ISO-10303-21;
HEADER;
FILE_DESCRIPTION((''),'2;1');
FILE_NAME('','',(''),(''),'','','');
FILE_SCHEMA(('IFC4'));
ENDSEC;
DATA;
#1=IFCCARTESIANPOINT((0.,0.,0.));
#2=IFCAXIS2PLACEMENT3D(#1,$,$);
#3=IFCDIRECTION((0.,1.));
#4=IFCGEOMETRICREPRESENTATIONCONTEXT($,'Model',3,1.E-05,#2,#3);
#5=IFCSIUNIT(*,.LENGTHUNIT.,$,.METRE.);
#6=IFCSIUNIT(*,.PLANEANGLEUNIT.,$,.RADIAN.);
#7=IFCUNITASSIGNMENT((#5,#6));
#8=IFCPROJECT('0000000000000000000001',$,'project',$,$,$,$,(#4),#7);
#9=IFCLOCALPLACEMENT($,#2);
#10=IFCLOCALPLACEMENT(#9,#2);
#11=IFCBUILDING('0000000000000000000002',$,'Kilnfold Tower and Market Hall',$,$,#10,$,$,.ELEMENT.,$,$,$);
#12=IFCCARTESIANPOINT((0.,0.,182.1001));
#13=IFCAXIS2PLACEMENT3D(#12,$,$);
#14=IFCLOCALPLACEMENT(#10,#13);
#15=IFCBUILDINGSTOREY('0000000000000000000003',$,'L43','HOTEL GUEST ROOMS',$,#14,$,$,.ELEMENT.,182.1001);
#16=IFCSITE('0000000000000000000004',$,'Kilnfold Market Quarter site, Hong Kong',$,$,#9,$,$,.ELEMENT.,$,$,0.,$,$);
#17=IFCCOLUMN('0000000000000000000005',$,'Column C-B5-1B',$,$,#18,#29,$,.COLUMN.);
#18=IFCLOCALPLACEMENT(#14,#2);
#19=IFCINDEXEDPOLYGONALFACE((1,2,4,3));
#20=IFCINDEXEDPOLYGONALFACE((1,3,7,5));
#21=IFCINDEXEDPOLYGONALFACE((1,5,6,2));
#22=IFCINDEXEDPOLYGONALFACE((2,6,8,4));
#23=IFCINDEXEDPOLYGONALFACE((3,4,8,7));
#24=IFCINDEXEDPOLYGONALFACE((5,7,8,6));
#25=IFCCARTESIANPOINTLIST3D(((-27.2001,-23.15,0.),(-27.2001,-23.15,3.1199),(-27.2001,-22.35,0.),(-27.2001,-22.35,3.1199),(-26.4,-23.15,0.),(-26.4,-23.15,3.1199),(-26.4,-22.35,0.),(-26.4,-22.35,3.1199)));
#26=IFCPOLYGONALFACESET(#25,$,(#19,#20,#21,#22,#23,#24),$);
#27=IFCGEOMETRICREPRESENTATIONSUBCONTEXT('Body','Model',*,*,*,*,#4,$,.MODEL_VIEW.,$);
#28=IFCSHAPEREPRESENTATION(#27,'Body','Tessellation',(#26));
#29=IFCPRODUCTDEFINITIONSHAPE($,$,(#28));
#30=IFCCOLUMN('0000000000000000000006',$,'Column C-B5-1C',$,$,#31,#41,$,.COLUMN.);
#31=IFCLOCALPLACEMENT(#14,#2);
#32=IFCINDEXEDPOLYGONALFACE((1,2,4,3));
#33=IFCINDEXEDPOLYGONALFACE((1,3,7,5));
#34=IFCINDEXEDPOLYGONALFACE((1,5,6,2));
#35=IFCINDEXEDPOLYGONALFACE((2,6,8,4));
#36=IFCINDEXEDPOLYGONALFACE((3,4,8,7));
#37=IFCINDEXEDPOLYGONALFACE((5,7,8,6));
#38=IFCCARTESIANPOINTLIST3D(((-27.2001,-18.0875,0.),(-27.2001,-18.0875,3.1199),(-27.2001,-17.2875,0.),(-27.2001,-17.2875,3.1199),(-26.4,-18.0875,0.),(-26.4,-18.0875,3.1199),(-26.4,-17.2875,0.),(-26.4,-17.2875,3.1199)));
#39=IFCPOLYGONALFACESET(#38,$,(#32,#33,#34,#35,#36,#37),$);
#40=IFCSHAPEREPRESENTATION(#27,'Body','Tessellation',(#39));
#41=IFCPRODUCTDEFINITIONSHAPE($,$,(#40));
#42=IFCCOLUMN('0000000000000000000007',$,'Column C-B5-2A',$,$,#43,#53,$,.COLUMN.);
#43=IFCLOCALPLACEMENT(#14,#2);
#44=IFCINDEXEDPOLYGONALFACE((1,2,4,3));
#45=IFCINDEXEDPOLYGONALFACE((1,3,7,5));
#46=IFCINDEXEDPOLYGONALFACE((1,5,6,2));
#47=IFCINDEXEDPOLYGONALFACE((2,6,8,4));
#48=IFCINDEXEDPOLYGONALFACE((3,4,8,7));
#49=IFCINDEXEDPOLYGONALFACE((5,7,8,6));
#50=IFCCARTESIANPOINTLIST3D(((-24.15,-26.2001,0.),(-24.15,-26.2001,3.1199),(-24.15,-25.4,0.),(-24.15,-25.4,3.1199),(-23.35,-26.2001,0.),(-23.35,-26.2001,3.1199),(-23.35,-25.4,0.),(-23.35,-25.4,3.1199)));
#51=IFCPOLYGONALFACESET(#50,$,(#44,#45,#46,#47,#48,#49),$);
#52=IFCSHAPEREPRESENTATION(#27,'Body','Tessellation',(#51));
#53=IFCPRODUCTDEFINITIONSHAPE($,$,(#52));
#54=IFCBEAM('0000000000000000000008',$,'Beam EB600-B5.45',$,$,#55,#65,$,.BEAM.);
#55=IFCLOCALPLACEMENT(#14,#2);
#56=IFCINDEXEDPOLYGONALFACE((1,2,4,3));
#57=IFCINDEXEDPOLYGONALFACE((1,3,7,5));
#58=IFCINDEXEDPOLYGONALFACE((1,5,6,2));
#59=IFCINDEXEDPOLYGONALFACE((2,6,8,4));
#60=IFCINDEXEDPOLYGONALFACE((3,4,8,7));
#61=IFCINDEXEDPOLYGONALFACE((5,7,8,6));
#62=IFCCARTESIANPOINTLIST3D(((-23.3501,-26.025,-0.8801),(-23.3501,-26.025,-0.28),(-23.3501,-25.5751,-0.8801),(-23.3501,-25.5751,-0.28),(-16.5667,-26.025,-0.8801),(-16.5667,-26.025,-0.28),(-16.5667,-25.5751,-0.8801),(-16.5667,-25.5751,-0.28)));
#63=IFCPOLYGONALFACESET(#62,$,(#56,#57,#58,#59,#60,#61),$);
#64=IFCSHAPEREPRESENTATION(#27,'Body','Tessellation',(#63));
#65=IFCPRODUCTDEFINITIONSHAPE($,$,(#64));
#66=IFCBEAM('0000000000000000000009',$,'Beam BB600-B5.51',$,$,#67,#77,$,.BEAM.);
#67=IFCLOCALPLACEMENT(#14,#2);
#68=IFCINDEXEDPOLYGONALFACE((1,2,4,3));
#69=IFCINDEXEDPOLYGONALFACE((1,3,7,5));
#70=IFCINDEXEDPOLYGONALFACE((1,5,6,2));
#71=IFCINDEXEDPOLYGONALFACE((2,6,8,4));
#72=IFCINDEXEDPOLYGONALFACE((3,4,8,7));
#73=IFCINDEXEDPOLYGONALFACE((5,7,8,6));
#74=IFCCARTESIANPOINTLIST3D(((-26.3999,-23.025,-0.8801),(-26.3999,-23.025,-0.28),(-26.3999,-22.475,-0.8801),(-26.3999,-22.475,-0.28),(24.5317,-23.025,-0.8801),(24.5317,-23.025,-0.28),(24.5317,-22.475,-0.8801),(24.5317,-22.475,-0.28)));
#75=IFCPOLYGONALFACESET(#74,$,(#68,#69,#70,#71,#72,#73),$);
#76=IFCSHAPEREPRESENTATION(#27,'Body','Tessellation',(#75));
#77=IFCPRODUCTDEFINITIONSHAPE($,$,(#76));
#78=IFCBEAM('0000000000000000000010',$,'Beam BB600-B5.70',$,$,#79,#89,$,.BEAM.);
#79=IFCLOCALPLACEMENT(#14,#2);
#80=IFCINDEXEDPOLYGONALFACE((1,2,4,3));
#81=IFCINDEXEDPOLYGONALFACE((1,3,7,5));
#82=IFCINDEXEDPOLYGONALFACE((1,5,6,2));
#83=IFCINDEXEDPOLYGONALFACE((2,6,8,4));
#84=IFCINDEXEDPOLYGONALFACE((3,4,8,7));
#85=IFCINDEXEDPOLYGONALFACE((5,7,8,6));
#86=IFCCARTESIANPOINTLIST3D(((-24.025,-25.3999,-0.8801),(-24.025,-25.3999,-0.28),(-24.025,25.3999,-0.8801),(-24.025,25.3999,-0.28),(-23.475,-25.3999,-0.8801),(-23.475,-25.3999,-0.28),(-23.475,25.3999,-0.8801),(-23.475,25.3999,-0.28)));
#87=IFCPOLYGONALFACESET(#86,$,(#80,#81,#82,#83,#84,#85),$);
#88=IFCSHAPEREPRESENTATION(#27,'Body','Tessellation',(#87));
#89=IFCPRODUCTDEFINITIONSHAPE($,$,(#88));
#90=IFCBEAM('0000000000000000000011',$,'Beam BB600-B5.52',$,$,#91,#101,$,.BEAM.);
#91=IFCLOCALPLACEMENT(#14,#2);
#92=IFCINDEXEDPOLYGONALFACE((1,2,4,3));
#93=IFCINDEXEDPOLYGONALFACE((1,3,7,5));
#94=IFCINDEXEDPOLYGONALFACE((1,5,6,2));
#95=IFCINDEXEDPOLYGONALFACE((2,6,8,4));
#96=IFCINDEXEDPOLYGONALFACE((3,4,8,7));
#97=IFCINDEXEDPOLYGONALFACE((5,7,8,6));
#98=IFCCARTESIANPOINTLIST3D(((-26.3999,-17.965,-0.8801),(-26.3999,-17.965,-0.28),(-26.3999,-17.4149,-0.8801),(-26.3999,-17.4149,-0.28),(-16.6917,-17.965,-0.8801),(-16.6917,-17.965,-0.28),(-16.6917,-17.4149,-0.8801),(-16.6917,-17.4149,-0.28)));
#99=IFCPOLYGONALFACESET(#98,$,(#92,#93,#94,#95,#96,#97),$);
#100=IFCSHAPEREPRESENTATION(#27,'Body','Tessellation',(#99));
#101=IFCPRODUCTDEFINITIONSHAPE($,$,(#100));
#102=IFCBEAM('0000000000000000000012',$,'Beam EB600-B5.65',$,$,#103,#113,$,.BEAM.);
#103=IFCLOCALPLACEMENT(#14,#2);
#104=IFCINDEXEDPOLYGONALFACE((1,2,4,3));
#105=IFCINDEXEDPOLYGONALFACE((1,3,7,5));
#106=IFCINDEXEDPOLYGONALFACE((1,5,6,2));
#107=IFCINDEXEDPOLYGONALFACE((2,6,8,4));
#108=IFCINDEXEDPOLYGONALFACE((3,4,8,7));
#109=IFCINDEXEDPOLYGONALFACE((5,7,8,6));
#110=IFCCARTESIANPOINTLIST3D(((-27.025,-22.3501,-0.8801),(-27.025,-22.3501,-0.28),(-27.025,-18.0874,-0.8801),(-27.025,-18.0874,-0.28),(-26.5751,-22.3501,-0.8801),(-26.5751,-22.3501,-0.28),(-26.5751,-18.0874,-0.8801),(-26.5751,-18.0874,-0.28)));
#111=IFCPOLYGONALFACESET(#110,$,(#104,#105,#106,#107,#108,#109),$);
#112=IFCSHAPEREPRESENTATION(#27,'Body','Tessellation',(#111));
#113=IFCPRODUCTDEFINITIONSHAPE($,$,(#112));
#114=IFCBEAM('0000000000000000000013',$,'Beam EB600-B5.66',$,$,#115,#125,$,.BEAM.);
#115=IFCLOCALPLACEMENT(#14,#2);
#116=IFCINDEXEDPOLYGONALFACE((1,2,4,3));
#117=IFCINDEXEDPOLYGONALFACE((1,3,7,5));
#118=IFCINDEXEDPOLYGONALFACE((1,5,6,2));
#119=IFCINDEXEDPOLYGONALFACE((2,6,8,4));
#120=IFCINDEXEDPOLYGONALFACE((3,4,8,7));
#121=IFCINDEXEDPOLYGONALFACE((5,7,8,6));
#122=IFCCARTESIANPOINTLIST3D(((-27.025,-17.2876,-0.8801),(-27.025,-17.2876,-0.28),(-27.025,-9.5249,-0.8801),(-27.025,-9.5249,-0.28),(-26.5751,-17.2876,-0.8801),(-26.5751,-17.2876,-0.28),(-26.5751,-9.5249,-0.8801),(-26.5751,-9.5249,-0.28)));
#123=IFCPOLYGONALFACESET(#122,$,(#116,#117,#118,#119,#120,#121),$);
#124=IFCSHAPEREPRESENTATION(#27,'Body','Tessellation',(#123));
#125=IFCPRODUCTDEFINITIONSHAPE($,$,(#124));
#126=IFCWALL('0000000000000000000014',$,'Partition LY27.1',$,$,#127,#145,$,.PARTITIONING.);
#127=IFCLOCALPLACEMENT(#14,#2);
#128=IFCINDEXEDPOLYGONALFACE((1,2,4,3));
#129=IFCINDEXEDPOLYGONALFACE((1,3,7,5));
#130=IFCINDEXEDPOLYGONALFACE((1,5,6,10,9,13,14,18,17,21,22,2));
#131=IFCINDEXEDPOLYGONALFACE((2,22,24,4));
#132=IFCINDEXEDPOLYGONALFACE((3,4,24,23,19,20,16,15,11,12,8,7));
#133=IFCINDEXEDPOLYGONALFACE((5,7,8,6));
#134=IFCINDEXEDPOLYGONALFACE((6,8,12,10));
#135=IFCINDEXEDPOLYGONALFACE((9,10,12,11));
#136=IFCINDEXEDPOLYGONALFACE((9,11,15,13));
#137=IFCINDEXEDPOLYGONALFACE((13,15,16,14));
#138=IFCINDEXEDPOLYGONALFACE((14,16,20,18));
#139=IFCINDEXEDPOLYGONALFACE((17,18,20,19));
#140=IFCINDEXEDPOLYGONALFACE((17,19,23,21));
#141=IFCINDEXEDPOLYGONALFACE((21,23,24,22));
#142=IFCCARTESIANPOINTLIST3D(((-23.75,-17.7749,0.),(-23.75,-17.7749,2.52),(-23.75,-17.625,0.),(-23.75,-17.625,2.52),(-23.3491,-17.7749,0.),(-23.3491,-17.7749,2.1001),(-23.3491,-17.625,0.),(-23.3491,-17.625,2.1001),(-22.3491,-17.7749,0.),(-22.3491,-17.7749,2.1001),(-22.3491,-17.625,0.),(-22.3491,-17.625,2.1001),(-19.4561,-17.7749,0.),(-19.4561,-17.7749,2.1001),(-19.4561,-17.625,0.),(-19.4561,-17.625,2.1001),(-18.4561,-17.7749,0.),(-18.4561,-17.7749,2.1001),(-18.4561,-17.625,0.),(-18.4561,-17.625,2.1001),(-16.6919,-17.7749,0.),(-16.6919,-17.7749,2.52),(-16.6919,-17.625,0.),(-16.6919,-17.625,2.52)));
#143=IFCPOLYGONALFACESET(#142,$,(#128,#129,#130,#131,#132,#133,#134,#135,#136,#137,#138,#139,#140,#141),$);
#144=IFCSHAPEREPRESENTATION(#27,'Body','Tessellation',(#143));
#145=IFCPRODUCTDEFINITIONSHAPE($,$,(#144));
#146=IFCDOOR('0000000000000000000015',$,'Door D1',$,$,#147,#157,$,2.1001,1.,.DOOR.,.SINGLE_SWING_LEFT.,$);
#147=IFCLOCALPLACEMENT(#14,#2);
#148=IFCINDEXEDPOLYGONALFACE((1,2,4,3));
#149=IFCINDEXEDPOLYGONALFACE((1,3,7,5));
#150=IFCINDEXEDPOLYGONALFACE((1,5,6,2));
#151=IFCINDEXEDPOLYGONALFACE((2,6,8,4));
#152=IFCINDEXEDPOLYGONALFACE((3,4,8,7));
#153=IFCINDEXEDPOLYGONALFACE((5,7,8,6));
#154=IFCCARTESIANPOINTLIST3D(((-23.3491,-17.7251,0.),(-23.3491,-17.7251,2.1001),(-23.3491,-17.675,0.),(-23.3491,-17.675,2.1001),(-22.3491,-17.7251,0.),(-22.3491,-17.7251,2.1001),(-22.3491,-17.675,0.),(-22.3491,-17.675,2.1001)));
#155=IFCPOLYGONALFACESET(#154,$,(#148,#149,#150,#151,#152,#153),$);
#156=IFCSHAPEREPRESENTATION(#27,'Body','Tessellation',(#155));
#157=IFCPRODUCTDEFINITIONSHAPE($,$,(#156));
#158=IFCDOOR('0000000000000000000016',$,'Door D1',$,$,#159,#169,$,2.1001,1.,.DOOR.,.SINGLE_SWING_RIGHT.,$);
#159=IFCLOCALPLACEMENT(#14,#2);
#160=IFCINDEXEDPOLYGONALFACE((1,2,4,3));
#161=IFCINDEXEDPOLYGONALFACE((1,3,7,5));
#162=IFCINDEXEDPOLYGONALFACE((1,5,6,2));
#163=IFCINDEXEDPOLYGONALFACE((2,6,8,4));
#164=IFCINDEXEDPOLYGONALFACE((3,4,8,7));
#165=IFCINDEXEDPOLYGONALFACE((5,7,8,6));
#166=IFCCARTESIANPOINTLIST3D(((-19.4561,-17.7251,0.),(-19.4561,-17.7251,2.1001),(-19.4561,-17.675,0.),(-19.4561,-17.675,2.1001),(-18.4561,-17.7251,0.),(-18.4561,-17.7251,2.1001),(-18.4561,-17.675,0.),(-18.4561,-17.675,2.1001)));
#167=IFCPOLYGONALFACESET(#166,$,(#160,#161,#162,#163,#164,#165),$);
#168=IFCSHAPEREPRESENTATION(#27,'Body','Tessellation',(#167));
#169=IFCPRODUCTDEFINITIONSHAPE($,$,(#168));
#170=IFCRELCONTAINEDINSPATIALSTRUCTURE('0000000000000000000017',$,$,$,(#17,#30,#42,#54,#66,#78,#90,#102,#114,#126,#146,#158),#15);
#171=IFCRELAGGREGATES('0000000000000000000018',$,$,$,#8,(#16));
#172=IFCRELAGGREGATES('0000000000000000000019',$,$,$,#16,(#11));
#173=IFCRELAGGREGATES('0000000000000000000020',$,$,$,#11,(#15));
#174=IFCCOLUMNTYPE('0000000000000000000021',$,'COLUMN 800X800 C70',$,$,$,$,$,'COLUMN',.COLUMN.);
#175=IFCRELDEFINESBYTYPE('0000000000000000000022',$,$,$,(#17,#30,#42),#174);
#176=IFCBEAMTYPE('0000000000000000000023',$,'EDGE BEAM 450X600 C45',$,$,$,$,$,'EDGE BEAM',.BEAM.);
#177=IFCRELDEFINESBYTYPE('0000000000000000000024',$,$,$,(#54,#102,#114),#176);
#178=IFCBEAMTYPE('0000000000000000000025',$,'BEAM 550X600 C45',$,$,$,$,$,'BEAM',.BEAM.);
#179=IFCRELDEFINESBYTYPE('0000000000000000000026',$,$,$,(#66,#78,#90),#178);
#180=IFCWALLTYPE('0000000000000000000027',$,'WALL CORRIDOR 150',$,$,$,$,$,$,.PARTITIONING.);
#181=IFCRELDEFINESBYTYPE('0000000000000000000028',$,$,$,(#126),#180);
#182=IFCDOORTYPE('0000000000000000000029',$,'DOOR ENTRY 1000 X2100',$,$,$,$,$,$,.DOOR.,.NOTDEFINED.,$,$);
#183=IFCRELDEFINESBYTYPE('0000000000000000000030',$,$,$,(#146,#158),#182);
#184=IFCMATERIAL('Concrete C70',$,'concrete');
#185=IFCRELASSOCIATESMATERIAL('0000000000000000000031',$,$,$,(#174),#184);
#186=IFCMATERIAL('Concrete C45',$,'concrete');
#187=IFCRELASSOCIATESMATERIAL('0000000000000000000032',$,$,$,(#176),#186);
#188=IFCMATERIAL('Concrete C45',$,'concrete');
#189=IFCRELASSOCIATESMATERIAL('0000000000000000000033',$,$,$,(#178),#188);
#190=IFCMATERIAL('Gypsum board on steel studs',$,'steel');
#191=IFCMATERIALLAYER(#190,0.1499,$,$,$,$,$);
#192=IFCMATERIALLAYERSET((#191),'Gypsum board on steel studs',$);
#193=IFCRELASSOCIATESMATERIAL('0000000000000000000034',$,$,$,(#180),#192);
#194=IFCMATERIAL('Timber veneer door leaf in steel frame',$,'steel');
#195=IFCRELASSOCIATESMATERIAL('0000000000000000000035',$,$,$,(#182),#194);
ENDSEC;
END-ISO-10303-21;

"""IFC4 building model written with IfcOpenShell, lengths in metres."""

from ifc_helpers import new_model, si_unit, direction, frame, frame_2d, origin, origin_2d, place, context, subcontext, project, spatial, rectangle, extrude, source, transform, mapped, material, layer, layer_set, material_profile, profile_set, type_object, element, fill, save


model = new_model("IFC4")

# Units and contexts
model_context = context("Model", 3, precision=1e-05, world=origin(), true_north=direction((0.0, 1.0)))
body_context = subcontext(model_context, "Body", "Model", "MODEL_VIEW")
ifc_project = project(units=[si_unit("LENGTHUNIT", "METRE"), si_unit("PLANEANGLEUNIT", "RADIAN")], contexts=[model_context])

# Site, building, storey
site_placement = place(None, origin())
site = spatial("IfcSite", under=ifc_project, at=site_placement, Name="Kilnfold Market Quarter site, Hong Kong", CompositionType="ELEMENT", RefElevation=0.0)
building_placement = place(site_placement, origin())
building = spatial("IfcBuilding", under=site, at=building_placement, Name="Kilnfold Tower and Market Hall", CompositionType="ELEMENT")
storey_placement = place(building_placement, frame((0.0, 0.0, 182.1001)))
storey = spatial("IfcBuildingStorey", under=building, at=storey_placement, Name="L43", Description="HOTEL GUEST ROOMS", CompositionType="ELEMENT", Elevation=182.1001)

# Columns
ifc_material_1 = material(Name="Concrete C70", Category="concrete")
ifc_material_profile_1 = material_profile(ifc_material_1, rectangle(XDim=0.8, YDim=0.8, at=origin_2d()), Name="RC 800x800")
ifc_profile_set_1 = profile_set([ifc_material_profile_1], Name="Concrete C70")
column_type = type_object("IfcColumnType", Name="COLUMN 800X800 C70", ElementType="COLUMN", PredefinedType="COLUMN", material=ifc_profile_set_1)
shared_shape_1 = source(origin(), body_context, "Body", "SweptSolid", [
    extrude(rectangle(XDim=0.8, YDim=0.8, at=origin_2d()), origin(), (0.0, 0.0, 1.0), 3.1199),
])
for number, where, z_axis, x_axis, name in (
    (1, (-26.8, -22.75, 0.0), (0.0, 0.0, 1.0), (1.0, 0.0, 0.0), "Column C-B5-1B"),
    (2, (-26.8, -17.6875, 0.0), (0.0, 0.0, 1.0), (1.0, 0.0, 0.0), "Column C-B5-1C"),
    (3, (-23.75, -25.8, 0.0), (0.0, 0.0, 1.0), (1.0, 0.0, 0.0), "Column C-B5-2A"),
):
    element("IfcColumn", number, at=place(storey_placement, frame(where, z_axis=z_axis, x_axis=x_axis)), inside=storey, type_object=column_type, Name=name, PredefinedType="COLUMN", context=body_context, shape_type="MappedRepresentation", body=[
        mapped(shared_shape_1, transform((0.0, 0.0, 0.0))),
    ])

# Beams
ifc_material_2 = material(Name="Concrete C45", Category="concrete")
ifc_material_profile_2 = material_profile(ifc_material_2, rectangle(XDim=0.45, YDim=0.6001, at=origin_2d()), Name="RC 450x600")
ifc_profile_set_2 = profile_set([ifc_material_profile_2], Name="Concrete C45")
beam_type_1 = type_object("IfcBeamType", Name="EDGE BEAM 450X600 C45", ElementType="EDGE BEAM", PredefinedType="BEAM", material=ifc_profile_set_2)
shared_shape_2 = source(origin(), body_context, "Body", "SweptSolid", [
    extrude(rectangle(XDim=0.45, YDim=0.6001, at=origin_2d()), origin(), (0.0, 0.0, 1.0), 6.7834),
])
beam_1_placement = place(storey_placement, frame((-23.3501, -25.8, -0.5801), z_axis=(1.0, 0.0, 0.0), x_axis=(0.0, 1.0, 0.0)))
element("IfcBeam", 4, at=beam_1_placement, inside=storey, type_object=beam_type_1, Name="Beam EB600-B5.45", PredefinedType="BEAM", context=body_context, shape_type="MappedRepresentation", body=[
    mapped(shared_shape_2, transform((0.0, 0.0, 0.0))),
])
ifc_material_3 = material(Name="Concrete C45", Category="concrete")
ifc_material_profile_3 = material_profile(ifc_material_3, rectangle(XDim=0.55, YDim=0.6001, at=origin_2d()), Name="RC 550x600")
ifc_profile_set_3 = profile_set([ifc_material_profile_3], Name="Concrete C45")
beam_type_2 = type_object("IfcBeamType", Name="BEAM 550X600 C45", ElementType="BEAM", PredefinedType="BEAM", material=ifc_profile_set_3)
shared_shape_3 = source(origin(), body_context, "Body", "SweptSolid", [
    extrude(rectangle(XDim=0.55, YDim=0.6001, at=origin_2d()), origin(), (0.0, 0.0, 1.0), 50.9316),
])
beam_2_placement = place(storey_placement, frame((-26.3999, -22.75, -0.5801), z_axis=(1.0, 0.0, 0.0), x_axis=(0.0, 1.0, 0.0)))
element("IfcBeam", 5, at=beam_2_placement, inside=storey, type_object=beam_type_2, Name="Beam BB600-B5.51", PredefinedType="BEAM", context=body_context, shape_type="MappedRepresentation", body=[
    mapped(shared_shape_3, transform((0.0, 0.0, 0.0))),
])
shared_shape_4 = source(origin(), body_context, "Body", "SweptSolid", [
    extrude(rectangle(XDim=0.55, YDim=0.6001, at=origin_2d()), origin(), (0.0, 0.0, 1.0), 50.7998),
])
beam_3_placement = place(storey_placement, frame((-23.75, -25.3999, -0.5801), z_axis=(0.0, 1.0, 0.0), x_axis=(-1.0, 0.0, 0.0)))
element("IfcBeam", 6, at=beam_3_placement, inside=storey, type_object=beam_type_2, Name="Beam BB600-B5.70", PredefinedType="BEAM", context=body_context, shape_type="MappedRepresentation", body=[
    mapped(shared_shape_4, transform((0.0, 0.0, 0.0))),
])
shared_shape_5 = source(origin(), body_context, "Body", "SweptSolid", [
    extrude(rectangle(XDim=0.55, YDim=0.6001, at=origin_2d()), origin(), (0.0, 0.0, 1.0), 9.7083),
])
beam_4_placement = place(storey_placement, frame((-26.3999, -17.6899, -0.5801), z_axis=(1.0, 0.0, 0.0), x_axis=(0.0, 1.0, 0.0)))
element("IfcBeam", 7, at=beam_4_placement, inside=storey, type_object=beam_type_2, Name="Beam BB600-B5.52", PredefinedType="BEAM", context=body_context, shape_type="MappedRepresentation", body=[
    mapped(shared_shape_5, transform((0.0, 0.0, 0.0))),
])
shared_shape_6 = source(origin(), body_context, "Body", "SweptSolid", [
    extrude(rectangle(XDim=0.45, YDim=0.6001, at=origin_2d()), origin(), (0.0, 0.0, 1.0), 4.2627),
])
beam_5_placement = place(storey_placement, frame((-26.8, -22.3501, -0.5801), z_axis=(0.0, 1.0, 0.0), x_axis=(-1.0, 0.0, 0.0)))
element("IfcBeam", 8, at=beam_5_placement, inside=storey, type_object=beam_type_1, Name="Beam EB600-B5.65", PredefinedType="BEAM", context=body_context, shape_type="MappedRepresentation", body=[
    mapped(shared_shape_6, transform((0.0, 0.0, 0.0))),
])
shared_shape_7 = source(origin(), body_context, "Body", "SweptSolid", [
    extrude(rectangle(XDim=0.45, YDim=0.6001, at=origin_2d()), origin(), (0.0, 0.0, 1.0), 7.7627),
])
beam_6_placement = place(storey_placement, frame((-26.8, -17.2876, -0.5801), z_axis=(0.0, 1.0, 0.0), x_axis=(-1.0, 0.0, 0.0)))
element("IfcBeam", 9, at=beam_6_placement, inside=storey, type_object=beam_type_1, Name="Beam EB600-B5.66", PredefinedType="BEAM", context=body_context, shape_type="MappedRepresentation", body=[
    mapped(shared_shape_7, transform((0.0, 0.0, 0.0))),
])

# Wall, openings, doors
ifc_material_4 = material(Name="Gypsum board on steel studs", Category="steel")
ifc_layer_1 = layer(ifc_material_4, 0.1499)
ifc_layer_set_1 = layer_set([ifc_layer_1], Name="Gypsum board on steel studs")
wall_type_1 = type_object("IfcWallType", Name="WALL CORRIDOR 150", PredefinedType="PARTITIONING", material=ifc_layer_set_1)
wall_1_placement = place(storey_placement, frame((-23.75, -17.7, 0.0), z_axis=(0.0, 0.0, 1.0), x_axis=(1.0, 0.0, 0.0)))
wall_1 = element("IfcWall", 10, at=wall_1_placement, inside=storey, type_object=wall_type_1, Name="Partition LY27.1", PredefinedType="PARTITIONING", context=body_context, shape_type="SweptSolid", body=[
    extrude(rectangle(XDim=7.0581, YDim=0.1499, at=frame_2d((3.5291, 0.0))), origin(), (0.0, 0.0, 1.0), 2.52),
])
opening_1_placement = place(wall_1_placement, frame((0.4009, 0.0, 0.0)))
opening_1 = element("IfcOpeningElement", 11, at=opening_1_placement, cuts=wall_1, PredefinedType="OPENING", context=body_context, shape_type="SweptSolid", body=[
    extrude(rectangle(XDim=1.0, YDim=2.1001, at=frame_2d((0.5, 1.05))), frame((0.0, 0.085, 0.0), z_axis=(0.0, -1.0, 0.0), x_axis=(1.0, 0.0, 0.0)), (0.0, 0.0, 1.0), 0.1699),
])
opening_2_placement = place(wall_1_placement, frame((4.2939, 0.0, 0.0)))
opening_2 = element("IfcOpeningElement", 12, at=opening_2_placement, cuts=wall_1, PredefinedType="OPENING", context=body_context, shape_type="SweptSolid", body=[
    extrude(rectangle(XDim=1.0, YDim=2.1001, at=frame_2d((0.5, 1.05))), frame((0.0, 0.085, 0.0), z_axis=(0.0, -1.0, 0.0), x_axis=(1.0, 0.0, 0.0)), (0.0, 0.0, 1.0), 0.1699),
])
ifc_material_5 = material(Name="Timber veneer door leaf in steel frame", Category="steel")
door_type_1 = type_object("IfcDoorType", Name="DOOR ENTRY 1000 X2100", OperationType="NOTDEFINED", PredefinedType="DOOR", material=ifc_material_5)
door_1_placement = place(opening_1_placement, origin())
door_1 = element("IfcDoor", 13, at=door_1_placement, inside=storey, type_object=door_type_1, Name="Door D1", OperationType="SINGLE_SWING_LEFT", OverallHeight=2.1001, OverallWidth=1.0, PredefinedType="DOOR", context=body_context, shape_type="SweptSolid", body=[
    extrude(rectangle(XDim=1.0, YDim=2.1001, at=frame_2d((0.5, 1.05))), frame((0.0, 0.0249, 0.0), z_axis=(0.0, -1.0, 0.0), x_axis=(1.0, 0.0, 0.0)), (0.0, 0.0, 1.0), 0.05),
])
fill(opening_1, door_1)
door_2_placement = place(opening_2_placement, origin())
door_2 = element("IfcDoor", 14, at=door_2_placement, inside=storey, type_object=door_type_1, Name="Door D1", OperationType="SINGLE_SWING_RIGHT", OverallHeight=2.1001, OverallWidth=1.0, PredefinedType="DOOR", context=body_context, shape_type="SweptSolid", body=[
    extrude(rectangle(XDim=1.0, YDim=2.1001, at=frame_2d((0.5, 1.05))), frame((0.0, 0.0249, 0.0), z_axis=(0.0, -1.0, 0.0), x_axis=(1.0, 0.0, 0.0)), (0.0, 0.0, 1.0), 0.05),
])
fill(opening_2, door_2)

save(model, "model.ifc")
